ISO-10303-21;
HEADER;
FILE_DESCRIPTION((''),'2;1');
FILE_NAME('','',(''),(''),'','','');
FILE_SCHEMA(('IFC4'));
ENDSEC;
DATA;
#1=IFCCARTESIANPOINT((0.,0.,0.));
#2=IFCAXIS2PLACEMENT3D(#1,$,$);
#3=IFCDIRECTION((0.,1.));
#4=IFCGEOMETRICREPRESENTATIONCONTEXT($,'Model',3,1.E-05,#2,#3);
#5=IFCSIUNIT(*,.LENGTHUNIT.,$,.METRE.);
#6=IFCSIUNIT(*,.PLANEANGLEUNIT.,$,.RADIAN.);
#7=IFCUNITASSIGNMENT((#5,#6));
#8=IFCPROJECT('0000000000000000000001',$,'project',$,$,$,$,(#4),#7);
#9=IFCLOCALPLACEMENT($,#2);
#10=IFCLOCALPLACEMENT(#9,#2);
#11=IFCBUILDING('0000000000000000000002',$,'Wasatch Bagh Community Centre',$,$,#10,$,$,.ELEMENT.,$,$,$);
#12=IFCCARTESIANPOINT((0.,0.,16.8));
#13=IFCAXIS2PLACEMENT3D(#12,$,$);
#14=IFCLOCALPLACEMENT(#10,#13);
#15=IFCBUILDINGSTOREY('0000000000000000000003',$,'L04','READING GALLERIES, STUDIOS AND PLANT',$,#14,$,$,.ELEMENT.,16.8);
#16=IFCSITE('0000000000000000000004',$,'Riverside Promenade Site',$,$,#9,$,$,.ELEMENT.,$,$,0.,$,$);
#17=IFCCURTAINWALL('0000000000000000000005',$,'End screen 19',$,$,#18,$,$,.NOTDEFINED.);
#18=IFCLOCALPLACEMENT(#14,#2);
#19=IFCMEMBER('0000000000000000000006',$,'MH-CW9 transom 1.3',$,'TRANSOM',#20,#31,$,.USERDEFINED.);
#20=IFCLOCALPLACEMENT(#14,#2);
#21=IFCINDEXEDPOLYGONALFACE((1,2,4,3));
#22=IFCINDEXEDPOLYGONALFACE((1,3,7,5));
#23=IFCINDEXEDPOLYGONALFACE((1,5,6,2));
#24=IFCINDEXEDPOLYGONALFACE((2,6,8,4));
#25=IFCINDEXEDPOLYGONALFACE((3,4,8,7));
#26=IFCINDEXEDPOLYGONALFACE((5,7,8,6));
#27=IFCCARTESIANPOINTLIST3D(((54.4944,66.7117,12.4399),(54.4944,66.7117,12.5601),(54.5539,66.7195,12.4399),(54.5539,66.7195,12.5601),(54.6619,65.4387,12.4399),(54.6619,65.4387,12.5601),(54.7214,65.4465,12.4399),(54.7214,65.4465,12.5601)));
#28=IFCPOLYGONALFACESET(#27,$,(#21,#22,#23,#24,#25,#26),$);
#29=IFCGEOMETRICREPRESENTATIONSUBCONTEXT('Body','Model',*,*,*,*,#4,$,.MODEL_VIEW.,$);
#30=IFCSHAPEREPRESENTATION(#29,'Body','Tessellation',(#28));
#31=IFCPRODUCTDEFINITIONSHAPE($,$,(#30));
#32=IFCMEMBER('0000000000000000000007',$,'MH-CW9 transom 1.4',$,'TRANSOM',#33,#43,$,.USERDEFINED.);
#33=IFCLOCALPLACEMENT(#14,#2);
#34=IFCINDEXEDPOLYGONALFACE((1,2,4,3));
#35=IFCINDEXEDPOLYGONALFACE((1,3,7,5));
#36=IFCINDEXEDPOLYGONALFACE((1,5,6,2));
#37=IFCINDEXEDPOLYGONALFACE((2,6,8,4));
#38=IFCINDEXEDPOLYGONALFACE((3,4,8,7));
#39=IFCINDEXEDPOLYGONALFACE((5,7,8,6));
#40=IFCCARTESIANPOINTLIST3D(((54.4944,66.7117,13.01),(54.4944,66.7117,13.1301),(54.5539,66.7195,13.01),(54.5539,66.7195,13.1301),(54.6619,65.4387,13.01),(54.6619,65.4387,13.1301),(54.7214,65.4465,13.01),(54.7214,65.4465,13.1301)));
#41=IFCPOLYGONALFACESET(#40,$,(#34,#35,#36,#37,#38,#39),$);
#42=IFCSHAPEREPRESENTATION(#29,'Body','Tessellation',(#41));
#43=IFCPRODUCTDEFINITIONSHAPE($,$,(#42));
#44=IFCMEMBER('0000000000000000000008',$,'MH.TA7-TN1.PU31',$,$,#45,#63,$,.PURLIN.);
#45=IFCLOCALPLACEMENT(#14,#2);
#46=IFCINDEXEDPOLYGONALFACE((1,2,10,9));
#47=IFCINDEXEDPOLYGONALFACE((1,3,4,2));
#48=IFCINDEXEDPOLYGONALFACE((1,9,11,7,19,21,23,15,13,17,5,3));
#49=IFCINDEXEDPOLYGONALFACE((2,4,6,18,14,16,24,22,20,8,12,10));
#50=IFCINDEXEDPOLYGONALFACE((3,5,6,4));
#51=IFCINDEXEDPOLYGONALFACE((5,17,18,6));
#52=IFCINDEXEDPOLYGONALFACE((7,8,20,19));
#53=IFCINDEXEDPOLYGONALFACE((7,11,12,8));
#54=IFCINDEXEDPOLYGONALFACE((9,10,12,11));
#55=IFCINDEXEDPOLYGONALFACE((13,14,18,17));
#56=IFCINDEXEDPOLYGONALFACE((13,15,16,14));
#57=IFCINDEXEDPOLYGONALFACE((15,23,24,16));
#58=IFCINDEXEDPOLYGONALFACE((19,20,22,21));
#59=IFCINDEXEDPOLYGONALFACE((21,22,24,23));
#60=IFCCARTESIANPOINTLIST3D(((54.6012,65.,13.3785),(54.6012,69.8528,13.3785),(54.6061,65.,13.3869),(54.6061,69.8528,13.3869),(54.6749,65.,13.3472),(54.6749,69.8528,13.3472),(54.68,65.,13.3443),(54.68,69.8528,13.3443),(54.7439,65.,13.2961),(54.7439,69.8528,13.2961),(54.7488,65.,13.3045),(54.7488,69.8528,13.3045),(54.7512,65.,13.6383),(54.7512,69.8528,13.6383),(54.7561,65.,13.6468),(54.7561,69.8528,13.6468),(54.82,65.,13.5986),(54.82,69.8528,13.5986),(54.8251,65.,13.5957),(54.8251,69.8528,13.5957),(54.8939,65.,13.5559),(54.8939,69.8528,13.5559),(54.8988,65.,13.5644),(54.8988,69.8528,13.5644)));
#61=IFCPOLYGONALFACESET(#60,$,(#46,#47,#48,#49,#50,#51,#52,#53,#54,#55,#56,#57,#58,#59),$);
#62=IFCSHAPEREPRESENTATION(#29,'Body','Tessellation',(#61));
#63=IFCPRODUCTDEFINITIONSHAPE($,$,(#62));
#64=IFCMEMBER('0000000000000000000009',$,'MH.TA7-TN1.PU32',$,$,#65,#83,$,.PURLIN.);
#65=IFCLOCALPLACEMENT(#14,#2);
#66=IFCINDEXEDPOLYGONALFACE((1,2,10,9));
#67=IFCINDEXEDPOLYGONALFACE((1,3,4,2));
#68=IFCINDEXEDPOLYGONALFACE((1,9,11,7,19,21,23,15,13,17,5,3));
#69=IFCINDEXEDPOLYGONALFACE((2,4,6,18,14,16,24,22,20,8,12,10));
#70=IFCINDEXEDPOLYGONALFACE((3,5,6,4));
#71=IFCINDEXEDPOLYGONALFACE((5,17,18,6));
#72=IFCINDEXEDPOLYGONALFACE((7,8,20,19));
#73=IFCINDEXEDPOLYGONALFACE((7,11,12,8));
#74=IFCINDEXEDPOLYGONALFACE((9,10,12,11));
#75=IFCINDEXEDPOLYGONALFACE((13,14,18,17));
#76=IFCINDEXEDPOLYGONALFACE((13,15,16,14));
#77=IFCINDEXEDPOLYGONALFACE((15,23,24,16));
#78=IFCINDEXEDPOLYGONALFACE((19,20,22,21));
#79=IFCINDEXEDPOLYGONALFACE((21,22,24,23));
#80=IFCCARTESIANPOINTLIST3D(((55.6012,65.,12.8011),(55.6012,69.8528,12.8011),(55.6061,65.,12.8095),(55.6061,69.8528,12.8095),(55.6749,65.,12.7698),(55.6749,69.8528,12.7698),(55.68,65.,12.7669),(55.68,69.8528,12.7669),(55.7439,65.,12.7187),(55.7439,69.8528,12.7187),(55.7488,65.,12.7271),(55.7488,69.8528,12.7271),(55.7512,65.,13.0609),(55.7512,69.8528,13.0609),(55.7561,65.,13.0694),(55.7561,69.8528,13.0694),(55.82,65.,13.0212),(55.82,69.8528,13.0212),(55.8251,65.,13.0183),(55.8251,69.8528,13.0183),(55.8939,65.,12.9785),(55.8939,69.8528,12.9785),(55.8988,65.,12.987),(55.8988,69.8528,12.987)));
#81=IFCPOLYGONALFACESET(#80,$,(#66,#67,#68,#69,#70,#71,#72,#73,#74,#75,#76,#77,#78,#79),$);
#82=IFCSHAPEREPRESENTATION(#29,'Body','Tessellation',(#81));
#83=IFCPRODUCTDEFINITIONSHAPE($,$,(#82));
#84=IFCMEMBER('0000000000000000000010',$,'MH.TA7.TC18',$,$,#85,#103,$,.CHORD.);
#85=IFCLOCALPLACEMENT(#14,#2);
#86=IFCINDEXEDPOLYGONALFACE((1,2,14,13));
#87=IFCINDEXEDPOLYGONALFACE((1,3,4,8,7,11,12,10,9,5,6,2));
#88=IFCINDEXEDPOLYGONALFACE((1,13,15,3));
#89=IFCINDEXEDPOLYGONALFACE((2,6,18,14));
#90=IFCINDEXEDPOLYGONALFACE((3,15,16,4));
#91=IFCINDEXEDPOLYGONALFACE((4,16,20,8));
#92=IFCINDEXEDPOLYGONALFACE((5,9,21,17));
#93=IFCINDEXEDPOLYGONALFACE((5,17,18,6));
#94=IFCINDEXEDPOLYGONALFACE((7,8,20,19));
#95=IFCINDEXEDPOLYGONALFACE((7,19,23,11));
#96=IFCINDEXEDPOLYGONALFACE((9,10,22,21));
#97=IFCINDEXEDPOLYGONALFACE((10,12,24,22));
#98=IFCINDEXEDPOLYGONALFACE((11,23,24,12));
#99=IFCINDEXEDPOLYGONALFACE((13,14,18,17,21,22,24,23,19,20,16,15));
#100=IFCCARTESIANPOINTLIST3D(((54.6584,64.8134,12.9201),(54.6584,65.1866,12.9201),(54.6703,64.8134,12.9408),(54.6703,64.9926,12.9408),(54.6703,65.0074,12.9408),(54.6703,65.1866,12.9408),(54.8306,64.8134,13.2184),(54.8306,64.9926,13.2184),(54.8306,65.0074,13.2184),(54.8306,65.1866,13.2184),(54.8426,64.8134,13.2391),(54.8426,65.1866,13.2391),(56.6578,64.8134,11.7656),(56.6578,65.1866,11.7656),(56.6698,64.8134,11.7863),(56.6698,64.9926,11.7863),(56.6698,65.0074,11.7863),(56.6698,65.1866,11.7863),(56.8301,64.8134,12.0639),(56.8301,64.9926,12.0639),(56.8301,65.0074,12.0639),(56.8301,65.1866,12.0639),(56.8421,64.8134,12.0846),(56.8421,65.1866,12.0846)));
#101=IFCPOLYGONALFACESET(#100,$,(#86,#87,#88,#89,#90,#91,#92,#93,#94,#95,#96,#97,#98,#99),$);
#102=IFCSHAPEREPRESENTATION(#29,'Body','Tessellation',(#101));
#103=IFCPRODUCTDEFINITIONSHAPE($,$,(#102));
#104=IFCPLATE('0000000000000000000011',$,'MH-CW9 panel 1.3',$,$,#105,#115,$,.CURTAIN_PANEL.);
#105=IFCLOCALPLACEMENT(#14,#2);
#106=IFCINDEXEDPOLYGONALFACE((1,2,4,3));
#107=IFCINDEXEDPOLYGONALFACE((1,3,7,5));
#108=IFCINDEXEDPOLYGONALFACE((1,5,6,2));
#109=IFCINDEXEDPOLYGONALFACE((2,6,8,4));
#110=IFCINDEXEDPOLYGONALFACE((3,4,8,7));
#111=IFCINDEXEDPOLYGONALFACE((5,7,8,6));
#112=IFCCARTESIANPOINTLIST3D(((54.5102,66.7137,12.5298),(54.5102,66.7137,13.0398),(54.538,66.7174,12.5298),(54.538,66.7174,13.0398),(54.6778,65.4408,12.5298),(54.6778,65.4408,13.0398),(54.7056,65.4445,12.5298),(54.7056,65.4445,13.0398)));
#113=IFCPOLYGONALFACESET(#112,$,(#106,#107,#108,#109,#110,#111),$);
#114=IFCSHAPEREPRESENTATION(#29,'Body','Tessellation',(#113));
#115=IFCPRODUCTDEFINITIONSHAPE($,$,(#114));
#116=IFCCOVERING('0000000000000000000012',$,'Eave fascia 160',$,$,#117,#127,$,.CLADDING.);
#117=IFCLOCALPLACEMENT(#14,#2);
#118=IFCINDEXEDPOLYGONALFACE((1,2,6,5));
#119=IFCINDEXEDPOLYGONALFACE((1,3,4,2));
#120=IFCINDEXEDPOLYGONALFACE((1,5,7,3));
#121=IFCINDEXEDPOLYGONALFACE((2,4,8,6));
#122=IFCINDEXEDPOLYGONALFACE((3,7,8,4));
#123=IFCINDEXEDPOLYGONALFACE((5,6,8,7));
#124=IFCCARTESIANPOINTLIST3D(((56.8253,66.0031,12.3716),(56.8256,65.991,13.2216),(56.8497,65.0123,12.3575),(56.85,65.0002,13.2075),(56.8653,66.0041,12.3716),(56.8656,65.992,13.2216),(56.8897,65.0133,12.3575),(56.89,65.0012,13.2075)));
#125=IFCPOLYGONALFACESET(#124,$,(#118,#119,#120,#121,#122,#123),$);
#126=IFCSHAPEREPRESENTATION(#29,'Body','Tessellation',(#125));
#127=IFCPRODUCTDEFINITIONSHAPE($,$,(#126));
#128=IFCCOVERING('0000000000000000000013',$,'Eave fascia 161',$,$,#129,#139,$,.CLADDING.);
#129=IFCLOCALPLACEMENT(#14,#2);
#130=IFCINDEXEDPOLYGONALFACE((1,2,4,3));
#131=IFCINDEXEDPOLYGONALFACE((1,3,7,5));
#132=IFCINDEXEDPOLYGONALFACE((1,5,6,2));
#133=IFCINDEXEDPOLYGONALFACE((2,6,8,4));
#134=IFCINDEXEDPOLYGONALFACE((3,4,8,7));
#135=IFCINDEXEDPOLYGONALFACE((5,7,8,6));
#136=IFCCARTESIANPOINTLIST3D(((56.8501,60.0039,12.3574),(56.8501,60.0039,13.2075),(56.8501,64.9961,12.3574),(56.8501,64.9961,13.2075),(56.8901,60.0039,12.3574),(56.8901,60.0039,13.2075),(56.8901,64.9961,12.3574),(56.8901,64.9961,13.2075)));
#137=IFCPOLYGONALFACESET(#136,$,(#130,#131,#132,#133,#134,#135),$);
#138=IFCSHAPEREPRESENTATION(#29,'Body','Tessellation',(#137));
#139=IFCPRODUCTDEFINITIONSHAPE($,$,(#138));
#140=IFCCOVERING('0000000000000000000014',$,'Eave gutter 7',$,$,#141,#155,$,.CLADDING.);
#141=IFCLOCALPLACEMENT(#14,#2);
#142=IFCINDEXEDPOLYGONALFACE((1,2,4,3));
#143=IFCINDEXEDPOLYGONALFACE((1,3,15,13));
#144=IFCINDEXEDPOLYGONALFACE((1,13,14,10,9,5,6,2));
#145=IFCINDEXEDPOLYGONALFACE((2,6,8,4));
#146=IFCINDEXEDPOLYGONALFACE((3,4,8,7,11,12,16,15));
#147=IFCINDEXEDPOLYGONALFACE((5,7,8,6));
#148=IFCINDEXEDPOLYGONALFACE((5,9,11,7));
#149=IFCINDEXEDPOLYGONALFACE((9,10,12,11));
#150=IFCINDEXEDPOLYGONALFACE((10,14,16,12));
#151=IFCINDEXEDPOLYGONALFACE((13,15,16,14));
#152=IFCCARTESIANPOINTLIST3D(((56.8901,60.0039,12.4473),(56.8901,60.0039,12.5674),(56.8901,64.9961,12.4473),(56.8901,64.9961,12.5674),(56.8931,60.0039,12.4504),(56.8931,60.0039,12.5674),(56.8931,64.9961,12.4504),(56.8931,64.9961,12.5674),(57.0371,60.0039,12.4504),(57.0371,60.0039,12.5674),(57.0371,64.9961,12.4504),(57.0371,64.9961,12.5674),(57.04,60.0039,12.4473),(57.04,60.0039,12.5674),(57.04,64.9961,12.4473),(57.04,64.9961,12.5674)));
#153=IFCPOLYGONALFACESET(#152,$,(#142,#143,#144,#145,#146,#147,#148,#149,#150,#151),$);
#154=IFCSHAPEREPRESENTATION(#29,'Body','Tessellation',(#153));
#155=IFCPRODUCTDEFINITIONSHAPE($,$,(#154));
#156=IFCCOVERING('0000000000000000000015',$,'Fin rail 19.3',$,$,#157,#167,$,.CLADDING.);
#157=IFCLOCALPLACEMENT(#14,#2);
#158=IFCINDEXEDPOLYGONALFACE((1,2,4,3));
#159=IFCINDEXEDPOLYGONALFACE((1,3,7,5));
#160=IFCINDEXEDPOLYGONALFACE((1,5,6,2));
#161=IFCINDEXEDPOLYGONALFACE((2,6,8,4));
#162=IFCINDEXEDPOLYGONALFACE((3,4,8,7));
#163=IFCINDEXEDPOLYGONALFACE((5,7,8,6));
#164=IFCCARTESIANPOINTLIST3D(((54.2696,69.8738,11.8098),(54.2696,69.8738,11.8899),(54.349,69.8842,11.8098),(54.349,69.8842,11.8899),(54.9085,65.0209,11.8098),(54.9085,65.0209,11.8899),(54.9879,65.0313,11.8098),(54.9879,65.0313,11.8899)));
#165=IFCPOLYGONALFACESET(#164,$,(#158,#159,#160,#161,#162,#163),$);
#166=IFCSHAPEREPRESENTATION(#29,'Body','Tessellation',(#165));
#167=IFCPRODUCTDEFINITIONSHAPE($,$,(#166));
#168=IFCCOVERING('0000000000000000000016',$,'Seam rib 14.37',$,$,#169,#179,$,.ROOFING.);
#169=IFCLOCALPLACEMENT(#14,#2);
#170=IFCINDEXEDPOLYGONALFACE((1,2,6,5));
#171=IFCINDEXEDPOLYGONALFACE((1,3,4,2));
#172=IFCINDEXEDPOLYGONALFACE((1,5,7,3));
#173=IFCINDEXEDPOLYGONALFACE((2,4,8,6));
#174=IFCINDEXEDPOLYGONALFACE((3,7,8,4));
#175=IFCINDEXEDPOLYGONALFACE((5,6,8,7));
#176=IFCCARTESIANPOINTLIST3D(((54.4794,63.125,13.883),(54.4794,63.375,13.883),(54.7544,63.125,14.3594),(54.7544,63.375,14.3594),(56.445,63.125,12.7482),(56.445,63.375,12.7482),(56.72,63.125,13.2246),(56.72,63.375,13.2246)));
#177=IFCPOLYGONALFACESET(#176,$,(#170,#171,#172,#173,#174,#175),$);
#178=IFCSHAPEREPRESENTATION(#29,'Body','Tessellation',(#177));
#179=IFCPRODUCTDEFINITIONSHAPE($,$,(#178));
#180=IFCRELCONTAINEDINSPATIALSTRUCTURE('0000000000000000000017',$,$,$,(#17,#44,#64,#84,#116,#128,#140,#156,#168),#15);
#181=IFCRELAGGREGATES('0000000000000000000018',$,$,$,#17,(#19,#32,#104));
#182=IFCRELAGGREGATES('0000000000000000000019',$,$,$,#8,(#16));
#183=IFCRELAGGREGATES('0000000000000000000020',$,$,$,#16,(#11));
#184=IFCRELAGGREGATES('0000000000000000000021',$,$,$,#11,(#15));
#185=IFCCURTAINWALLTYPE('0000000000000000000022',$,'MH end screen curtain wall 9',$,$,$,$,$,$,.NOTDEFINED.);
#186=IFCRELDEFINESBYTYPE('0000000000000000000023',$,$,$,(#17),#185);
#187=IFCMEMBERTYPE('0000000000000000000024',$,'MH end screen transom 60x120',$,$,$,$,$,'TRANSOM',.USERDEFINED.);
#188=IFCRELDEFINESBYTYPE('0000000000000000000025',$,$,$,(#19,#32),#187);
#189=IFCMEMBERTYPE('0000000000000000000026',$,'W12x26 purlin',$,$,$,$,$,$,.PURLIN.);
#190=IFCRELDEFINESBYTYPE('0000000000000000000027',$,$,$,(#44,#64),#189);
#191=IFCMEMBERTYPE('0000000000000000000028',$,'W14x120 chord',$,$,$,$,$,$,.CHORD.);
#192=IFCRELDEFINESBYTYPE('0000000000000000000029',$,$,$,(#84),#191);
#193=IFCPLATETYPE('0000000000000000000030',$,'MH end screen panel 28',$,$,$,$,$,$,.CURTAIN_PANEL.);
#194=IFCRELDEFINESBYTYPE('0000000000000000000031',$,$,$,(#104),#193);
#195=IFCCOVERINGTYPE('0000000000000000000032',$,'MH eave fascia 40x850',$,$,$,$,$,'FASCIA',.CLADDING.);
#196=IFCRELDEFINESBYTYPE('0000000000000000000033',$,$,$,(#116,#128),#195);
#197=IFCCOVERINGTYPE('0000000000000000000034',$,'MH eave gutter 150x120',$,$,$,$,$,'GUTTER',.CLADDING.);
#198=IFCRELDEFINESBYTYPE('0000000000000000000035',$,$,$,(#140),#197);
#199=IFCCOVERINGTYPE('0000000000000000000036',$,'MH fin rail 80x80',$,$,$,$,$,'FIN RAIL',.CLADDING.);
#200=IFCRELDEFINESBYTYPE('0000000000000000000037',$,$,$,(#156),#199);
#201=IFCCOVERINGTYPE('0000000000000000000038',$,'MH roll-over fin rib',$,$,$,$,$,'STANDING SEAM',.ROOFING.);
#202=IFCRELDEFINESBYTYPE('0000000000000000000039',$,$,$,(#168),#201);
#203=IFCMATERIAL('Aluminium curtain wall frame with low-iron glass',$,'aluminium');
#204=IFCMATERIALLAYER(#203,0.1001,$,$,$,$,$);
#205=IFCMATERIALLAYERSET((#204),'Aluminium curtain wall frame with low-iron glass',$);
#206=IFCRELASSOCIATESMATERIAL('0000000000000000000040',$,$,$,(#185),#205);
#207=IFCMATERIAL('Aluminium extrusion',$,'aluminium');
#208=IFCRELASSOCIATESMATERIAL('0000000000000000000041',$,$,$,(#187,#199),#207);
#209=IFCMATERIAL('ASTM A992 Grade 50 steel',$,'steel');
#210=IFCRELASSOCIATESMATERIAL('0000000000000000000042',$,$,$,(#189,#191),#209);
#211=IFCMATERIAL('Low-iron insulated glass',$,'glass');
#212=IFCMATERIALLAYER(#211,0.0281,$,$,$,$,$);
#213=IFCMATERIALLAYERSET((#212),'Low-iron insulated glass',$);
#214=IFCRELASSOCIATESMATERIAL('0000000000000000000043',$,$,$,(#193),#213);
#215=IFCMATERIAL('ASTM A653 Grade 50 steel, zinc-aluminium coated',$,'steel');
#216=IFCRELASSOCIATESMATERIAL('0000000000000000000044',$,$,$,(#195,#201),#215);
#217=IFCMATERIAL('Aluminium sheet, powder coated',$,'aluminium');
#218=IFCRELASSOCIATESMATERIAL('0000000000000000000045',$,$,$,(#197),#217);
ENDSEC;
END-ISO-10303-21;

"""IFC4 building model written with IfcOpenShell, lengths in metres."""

from ifc_helpers import new_model, si_unit, direction, frame, origin, origin_2d, place, context, subcontext, project, spatial, polyline, rectangle, i_section, outline, extrude, material, layer, layer_set, material_profile, profile_set, type_object, element, aggregate, save


model = new_model("IFC4")

# Units and contexts
model_context = context("Model", 3, precision=1e-05, world=origin(), true_north=direction((0.0, 1.0)))
body_context = subcontext(model_context, "Body", "Model", "MODEL_VIEW")
ifc_project = project(units=[si_unit("LENGTHUNIT", "METRE"), si_unit("PLANEANGLEUNIT", "RADIAN")], contexts=[model_context])

# Site, building, storey
site_placement = place(None, origin())
site = spatial("IfcSite", under=ifc_project, at=site_placement, Name="Riverside Promenade Site", CompositionType="ELEMENT", RefElevation=0.0)
building_placement = place(site_placement, origin())
building = spatial("IfcBuilding", under=site, at=building_placement, Name="Wasatch Bagh Community Centre", CompositionType="ELEMENT")
storey_placement = place(building_placement, frame((0.0, 0.0, 16.8)))
storey = spatial("IfcBuildingStorey", under=building, at=storey_placement, Name="L04", Description="READING GALLERIES, STUDIOS AND PLANT", CompositionType="ELEMENT", Elevation=16.8)

# Curtain wall, members
ifc_material_1 = material(Name="Aluminium curtain wall frame with low-iron glass", Category="aluminium")
ifc_layer_1 = layer(ifc_material_1, 0.1001)
ifc_layer_set_1 = layer_set([ifc_layer_1], Name="Aluminium curtain wall frame with low-iron glass")
curtain_wall_type = type_object("IfcCurtainWallType", Name="MH end screen curtain wall 9", PredefinedType="NOTDEFINED", material=ifc_layer_set_1)
curtain_wall_placement = place(storey_placement, origin())
curtain_wall = element("IfcCurtainWall", 1, at=curtain_wall_placement, inside=storey, type_object=curtain_wall_type, Name="End screen 19", PredefinedType="NOTDEFINED")
ifc_material_2 = material(Name="Aluminium extrusion", Category="aluminium")
ifc_material_profile_1 = material_profile(ifc_material_2, rectangle(XDim=0.0601, YDim=0.1201, at=origin_2d()), Name="AL 60x120")
ifc_profile_set_1 = profile_set([ifc_material_profile_1], Name="Aluminium extrusion")
member_type_1 = type_object("IfcMemberType", Name="MH end screen transom 60x120", ElementType="TRANSOM", PredefinedType="USERDEFINED", material=ifc_profile_set_1)
member_1_placement = place(storey_placement, frame((54.6917, 65.4426, 12.5), z_axis=(-0.130445, 0.991456, 0.0), x_axis=(-0.991456, -0.130445, 0.0)))
member_1 = element("IfcMember", 2, at=member_1_placement, type_object=member_type_1, Name="MH-CW9 transom 1.3", ObjectType="TRANSOM", PredefinedType="USERDEFINED", context=body_context, shape_type="SweptSolid", body=[
    extrude(rectangle(XDim=0.0601, YDim=0.1201, at=origin_2d()), origin(), (0.0, 0.0, 1.0), 1.2839),
])
member_2_placement = place(storey_placement, frame((54.6917, 65.4426, 13.0701), z_axis=(-0.130445, 0.991456, 0.0), x_axis=(-0.991456, -0.130445, 0.0)))
member_2 = element("IfcMember", 3, at=member_2_placement, type_object=member_type_1, Name="MH-CW9 transom 1.4", ObjectType="TRANSOM", PredefinedType="USERDEFINED", context=body_context, shape_type="SweptSolid", body=[
    extrude(rectangle(XDim=0.0601, YDim=0.1201, at=origin_2d()), origin(), (0.0, 0.0, 1.0), 1.2839),
])

# Members
ifc_material_3 = material(Name="ASTM A992 Grade 50 steel", Category="steel")
ifc_material_profile_2 = material_profile(ifc_material_3, i_section(OverallWidth=0.1648, OverallDepth=0.3098, WebThickness=0.0059, FlangeThickness=0.0098, at=origin_2d()), Name="W12x26")
ifc_profile_set_2 = profile_set([ifc_material_profile_2], Name="ASTM A992 Grade 50 steel")
member_type_2 = type_object("IfcMemberType", Name="W12x26 purlin", PredefinedType="PURLIN", material=ifc_profile_set_2)
for number, where, z_axis, x_axis, name in (
    (4, (54.75, 65.0, 13.4714), (0.0, 1.0, 0.0), (-0.866025, 0.0, 0.5), "MH.TA7-TN1.PU31"),
    (5, (55.75, 65.0, 12.894), (0.0, 1.0, 0.0), (-0.866025, 0.0, 0.5), "MH.TA7-TN1.PU32"),
):
    element("IfcMember", number, at=place(storey_placement, frame(where, z_axis=z_axis, x_axis=x_axis)), inside=storey, type_object=member_type_2, Name=name, PredefinedType="PURLIN", context=body_context, shape_type="SweptSolid", body=[
        extrude(i_section(OverallWidth=0.1648, OverallDepth=0.3098, WebThickness=0.0059, FlangeThickness=0.0098, at=origin_2d()), origin(), (0.0, 0.0, 1.0), 4.8528),
    ])
ifc_material_profile_3 = material_profile(ifc_material_3, i_section(OverallWidth=0.3733, OverallDepth=0.3684, WebThickness=0.0149, FlangeThickness=0.0239, at=origin_2d()), Name="W14x120")
ifc_profile_set_3 = profile_set([ifc_material_profile_3], Name="ASTM A992 Grade 50 steel")
member_type_3 = type_object("IfcMemberType", Name="W14x120 chord", PredefinedType="CHORD", material=ifc_profile_set_3)
member_3_placement = place(storey_placement, frame((54.7505, 65.0, 13.0796), z_axis=(0.866002, 0.0, -0.50004), x_axis=(0.0, 1.0, 0.0)))
element("IfcMember", 6, at=member_3_placement, inside=storey, type_object=member_type_3, Name="MH.TA7.TC18", PredefinedType="CHORD", context=body_context, shape_type="SweptSolid", body=[
    extrude(i_section(OverallWidth=0.3733, OverallDepth=0.3684, WebThickness=0.0149, FlangeThickness=0.0239, at=origin_2d()), origin(), (0.0, 0.0, 1.0), 2.3088),
])

# Plate
ifc_material_4 = material(Name="Low-iron insulated glass", Category="glass")
ifc_layer_2 = layer(ifc_material_4, 0.0281)
ifc_layer_set_2 = layer_set([ifc_layer_2], Name="Low-iron insulated glass")
plate_type = type_object("IfcPlateType", Name="MH end screen panel 28", PredefinedType="CURTAIN_PANEL", material=ifc_layer_set_2)
plate_placement = place(storey_placement, frame((54.6079, 66.0791, 12.5298), z_axis=(0.0, 0.0, 1.0), x_axis=(-0.130526, 0.991445, 0.0)))
plate = element("IfcPlate", 7, at=plate_placement, type_object=plate_type, Name="MH-CW9 panel 1.3", PredefinedType="CURTAIN_PANEL", context=body_context, shape_type="SweptSolid", body=[
    extrude(rectangle(XDim=1.2839, YDim=0.0281, at=origin_2d()), origin(), (0.0, 0.0, 1.0), 0.51),
])
aggregate(curtain_wall, [member_1, member_2, plate])

# Coverings
ifc_material_5 = material(Name="ASTM A653 Grade 50 steel, zinc-aluminium coated", Category="steel")
ifc_material_profile_4 = material_profile(ifc_material_5, rectangle(XDim=0.04, YDim=0.8501, at=origin_2d()), Name="FASCIA 40x850")
ifc_profile_set_4 = profile_set([ifc_material_profile_4], Name="ASTM A653 Grade 50 steel, zinc-aluminium coated")
covering_type_1 = type_object("IfcCoveringType", Name="MH eave fascia 40x850", ElementType="FASCIA", PredefinedType="CLADDING", material=ifc_profile_set_4)
covering_1_placement = place(storey_placement, frame((56.8455, 65.9976, 12.7966), z_axis=(0.024633, -0.999594, -0.014287), x_axis=(0.999697, 0.024635, 0.0)))
element("IfcCovering", 8, at=covering_1_placement, inside=storey, type_object=covering_type_1, Name="Eave fascia 160", PredefinedType="CLADDING", context=body_context, shape_type="SweptSolid", body=[
    extrude(rectangle(XDim=0.04, YDim=0.8501, at=origin_2d()), origin(), (0.0, 0.0, 1.0), 0.9912),
])
covering_2_placement = place(storey_placement, frame((56.8701, 64.9961, 12.7825), z_axis=(0.0, -1.0, 0.0), x_axis=(1.0, 0.0, 0.0)))
element("IfcCovering", 9, at=covering_2_placement, inside=storey, type_object=covering_type_1, Name="Eave fascia 161", PredefinedType="CLADDING", context=body_context, shape_type="SweptSolid", body=[
    extrude(rectangle(XDim=0.04, YDim=0.8501, at=origin_2d()), origin(), (0.0, 0.0, 1.0), 4.9922),
])
ifc_material_6 = material(Name="Aluminium sheet, powder coated", Category="aluminium")
ifc_material_profile_5 = material_profile(ifc_material_6, outline(polyline([(-0.075, 0.0), (-0.075, -0.1201), (0.075, -0.1201), (0.075, 0.0), (0.072, 0.0), (0.072, -0.1169), (-0.072, -0.1169), (-0.072, 0.0), (-0.075, 0.0)])), Name="GUTTER 150x120")
ifc_profile_set_5 = profile_set([ifc_material_profile_5], Name="Aluminium sheet, powder coated")
covering_type_2 = type_object("IfcCoveringType", Name="MH eave gutter 150x120", ElementType="GUTTER", PredefinedType="CLADDING", material=ifc_profile_set_5)
covering_3_placement = place(storey_placement, frame((56.9651, 64.9961, 12.5674), z_axis=(0.0, -1.0, 0.0), x_axis=(1.0, 0.0, 0.0)))
element("IfcCovering", 10, at=covering_3_placement, inside=storey, type_object=covering_type_2, Name="Eave gutter 7", PredefinedType="CLADDING", context=body_context, shape_type="SweptSolid", body=[
    extrude(outline(polyline([(-0.075, 0.0), (-0.075, -0.1201), (0.075, -0.1201), (0.075, 0.0), (0.072, 0.0), (0.072, -0.1169), (-0.072, -0.1169), (-0.072, 0.0), (-0.075, 0.0)])), origin(), (0.0, 0.0, 1.0), 4.9922),
])
ifc_material_profile_6 = material_profile(ifc_material_2, rectangle(XDim=0.0801, YDim=0.0801, at=origin_2d()), Name="AL 80x80")
ifc_profile_set_6 = profile_set([ifc_material_profile_6], Name="Aluminium extrusion")
covering_type_3 = type_object("IfcCoveringType", Name="MH fin rail 80x80", ElementType="FIN RAIL", PredefinedType="CLADDING", material=ifc_profile_set_6)
covering_4_placement = place(storey_placement, frame((54.9482, 65.0261, 11.8499), z_axis=(-0.130533, 0.991444, 0.0), x_axis=(-0.991444, -0.130533, 0.0)))
element("IfcCovering", 11, at=covering_4_placement, inside=storey, type_object=covering_type_3, Name="Fin rail 19.3", PredefinedType="CLADDING", context=body_context, shape_type="SweptSolid", body=[
    extrude(rectangle(XDim=0.0801, YDim=0.0801, at=origin_2d()), origin(), (0.0, 0.0, 1.0), 4.8948),
])
covering_type_4 = type_object("IfcCoveringType", Name="MH roll-over fin rib", ElementType="STANDING SEAM", PredefinedType="ROOFING", material=ifc_material_5)
for number, where, z_axis, x_axis, name in (
    (12, (54.7544, 63.125, 14.3594), (0.49998, 0.0, 0.866037), (0.866037, 0.0, -0.49998), "Seam rib 14.37"),
):
    element("IfcCovering", number, at=place(storey_placement, frame(where, z_axis=z_axis, x_axis=x_axis)), inside=storey, type_object=covering_type_4, Name=name, PredefinedType="ROOFING", context=body_context, shape_type="SweptSolid", body=[
        extrude(outline(polyline([(0.0, 0.0), (2.2696, 0.0), (2.2696, 0.25), (0.0, 0.25), (0.0, 0.0)])), origin(), (0.0, 0.0, -1.0), 0.55),
    ])

save(model, "model.ifc")
